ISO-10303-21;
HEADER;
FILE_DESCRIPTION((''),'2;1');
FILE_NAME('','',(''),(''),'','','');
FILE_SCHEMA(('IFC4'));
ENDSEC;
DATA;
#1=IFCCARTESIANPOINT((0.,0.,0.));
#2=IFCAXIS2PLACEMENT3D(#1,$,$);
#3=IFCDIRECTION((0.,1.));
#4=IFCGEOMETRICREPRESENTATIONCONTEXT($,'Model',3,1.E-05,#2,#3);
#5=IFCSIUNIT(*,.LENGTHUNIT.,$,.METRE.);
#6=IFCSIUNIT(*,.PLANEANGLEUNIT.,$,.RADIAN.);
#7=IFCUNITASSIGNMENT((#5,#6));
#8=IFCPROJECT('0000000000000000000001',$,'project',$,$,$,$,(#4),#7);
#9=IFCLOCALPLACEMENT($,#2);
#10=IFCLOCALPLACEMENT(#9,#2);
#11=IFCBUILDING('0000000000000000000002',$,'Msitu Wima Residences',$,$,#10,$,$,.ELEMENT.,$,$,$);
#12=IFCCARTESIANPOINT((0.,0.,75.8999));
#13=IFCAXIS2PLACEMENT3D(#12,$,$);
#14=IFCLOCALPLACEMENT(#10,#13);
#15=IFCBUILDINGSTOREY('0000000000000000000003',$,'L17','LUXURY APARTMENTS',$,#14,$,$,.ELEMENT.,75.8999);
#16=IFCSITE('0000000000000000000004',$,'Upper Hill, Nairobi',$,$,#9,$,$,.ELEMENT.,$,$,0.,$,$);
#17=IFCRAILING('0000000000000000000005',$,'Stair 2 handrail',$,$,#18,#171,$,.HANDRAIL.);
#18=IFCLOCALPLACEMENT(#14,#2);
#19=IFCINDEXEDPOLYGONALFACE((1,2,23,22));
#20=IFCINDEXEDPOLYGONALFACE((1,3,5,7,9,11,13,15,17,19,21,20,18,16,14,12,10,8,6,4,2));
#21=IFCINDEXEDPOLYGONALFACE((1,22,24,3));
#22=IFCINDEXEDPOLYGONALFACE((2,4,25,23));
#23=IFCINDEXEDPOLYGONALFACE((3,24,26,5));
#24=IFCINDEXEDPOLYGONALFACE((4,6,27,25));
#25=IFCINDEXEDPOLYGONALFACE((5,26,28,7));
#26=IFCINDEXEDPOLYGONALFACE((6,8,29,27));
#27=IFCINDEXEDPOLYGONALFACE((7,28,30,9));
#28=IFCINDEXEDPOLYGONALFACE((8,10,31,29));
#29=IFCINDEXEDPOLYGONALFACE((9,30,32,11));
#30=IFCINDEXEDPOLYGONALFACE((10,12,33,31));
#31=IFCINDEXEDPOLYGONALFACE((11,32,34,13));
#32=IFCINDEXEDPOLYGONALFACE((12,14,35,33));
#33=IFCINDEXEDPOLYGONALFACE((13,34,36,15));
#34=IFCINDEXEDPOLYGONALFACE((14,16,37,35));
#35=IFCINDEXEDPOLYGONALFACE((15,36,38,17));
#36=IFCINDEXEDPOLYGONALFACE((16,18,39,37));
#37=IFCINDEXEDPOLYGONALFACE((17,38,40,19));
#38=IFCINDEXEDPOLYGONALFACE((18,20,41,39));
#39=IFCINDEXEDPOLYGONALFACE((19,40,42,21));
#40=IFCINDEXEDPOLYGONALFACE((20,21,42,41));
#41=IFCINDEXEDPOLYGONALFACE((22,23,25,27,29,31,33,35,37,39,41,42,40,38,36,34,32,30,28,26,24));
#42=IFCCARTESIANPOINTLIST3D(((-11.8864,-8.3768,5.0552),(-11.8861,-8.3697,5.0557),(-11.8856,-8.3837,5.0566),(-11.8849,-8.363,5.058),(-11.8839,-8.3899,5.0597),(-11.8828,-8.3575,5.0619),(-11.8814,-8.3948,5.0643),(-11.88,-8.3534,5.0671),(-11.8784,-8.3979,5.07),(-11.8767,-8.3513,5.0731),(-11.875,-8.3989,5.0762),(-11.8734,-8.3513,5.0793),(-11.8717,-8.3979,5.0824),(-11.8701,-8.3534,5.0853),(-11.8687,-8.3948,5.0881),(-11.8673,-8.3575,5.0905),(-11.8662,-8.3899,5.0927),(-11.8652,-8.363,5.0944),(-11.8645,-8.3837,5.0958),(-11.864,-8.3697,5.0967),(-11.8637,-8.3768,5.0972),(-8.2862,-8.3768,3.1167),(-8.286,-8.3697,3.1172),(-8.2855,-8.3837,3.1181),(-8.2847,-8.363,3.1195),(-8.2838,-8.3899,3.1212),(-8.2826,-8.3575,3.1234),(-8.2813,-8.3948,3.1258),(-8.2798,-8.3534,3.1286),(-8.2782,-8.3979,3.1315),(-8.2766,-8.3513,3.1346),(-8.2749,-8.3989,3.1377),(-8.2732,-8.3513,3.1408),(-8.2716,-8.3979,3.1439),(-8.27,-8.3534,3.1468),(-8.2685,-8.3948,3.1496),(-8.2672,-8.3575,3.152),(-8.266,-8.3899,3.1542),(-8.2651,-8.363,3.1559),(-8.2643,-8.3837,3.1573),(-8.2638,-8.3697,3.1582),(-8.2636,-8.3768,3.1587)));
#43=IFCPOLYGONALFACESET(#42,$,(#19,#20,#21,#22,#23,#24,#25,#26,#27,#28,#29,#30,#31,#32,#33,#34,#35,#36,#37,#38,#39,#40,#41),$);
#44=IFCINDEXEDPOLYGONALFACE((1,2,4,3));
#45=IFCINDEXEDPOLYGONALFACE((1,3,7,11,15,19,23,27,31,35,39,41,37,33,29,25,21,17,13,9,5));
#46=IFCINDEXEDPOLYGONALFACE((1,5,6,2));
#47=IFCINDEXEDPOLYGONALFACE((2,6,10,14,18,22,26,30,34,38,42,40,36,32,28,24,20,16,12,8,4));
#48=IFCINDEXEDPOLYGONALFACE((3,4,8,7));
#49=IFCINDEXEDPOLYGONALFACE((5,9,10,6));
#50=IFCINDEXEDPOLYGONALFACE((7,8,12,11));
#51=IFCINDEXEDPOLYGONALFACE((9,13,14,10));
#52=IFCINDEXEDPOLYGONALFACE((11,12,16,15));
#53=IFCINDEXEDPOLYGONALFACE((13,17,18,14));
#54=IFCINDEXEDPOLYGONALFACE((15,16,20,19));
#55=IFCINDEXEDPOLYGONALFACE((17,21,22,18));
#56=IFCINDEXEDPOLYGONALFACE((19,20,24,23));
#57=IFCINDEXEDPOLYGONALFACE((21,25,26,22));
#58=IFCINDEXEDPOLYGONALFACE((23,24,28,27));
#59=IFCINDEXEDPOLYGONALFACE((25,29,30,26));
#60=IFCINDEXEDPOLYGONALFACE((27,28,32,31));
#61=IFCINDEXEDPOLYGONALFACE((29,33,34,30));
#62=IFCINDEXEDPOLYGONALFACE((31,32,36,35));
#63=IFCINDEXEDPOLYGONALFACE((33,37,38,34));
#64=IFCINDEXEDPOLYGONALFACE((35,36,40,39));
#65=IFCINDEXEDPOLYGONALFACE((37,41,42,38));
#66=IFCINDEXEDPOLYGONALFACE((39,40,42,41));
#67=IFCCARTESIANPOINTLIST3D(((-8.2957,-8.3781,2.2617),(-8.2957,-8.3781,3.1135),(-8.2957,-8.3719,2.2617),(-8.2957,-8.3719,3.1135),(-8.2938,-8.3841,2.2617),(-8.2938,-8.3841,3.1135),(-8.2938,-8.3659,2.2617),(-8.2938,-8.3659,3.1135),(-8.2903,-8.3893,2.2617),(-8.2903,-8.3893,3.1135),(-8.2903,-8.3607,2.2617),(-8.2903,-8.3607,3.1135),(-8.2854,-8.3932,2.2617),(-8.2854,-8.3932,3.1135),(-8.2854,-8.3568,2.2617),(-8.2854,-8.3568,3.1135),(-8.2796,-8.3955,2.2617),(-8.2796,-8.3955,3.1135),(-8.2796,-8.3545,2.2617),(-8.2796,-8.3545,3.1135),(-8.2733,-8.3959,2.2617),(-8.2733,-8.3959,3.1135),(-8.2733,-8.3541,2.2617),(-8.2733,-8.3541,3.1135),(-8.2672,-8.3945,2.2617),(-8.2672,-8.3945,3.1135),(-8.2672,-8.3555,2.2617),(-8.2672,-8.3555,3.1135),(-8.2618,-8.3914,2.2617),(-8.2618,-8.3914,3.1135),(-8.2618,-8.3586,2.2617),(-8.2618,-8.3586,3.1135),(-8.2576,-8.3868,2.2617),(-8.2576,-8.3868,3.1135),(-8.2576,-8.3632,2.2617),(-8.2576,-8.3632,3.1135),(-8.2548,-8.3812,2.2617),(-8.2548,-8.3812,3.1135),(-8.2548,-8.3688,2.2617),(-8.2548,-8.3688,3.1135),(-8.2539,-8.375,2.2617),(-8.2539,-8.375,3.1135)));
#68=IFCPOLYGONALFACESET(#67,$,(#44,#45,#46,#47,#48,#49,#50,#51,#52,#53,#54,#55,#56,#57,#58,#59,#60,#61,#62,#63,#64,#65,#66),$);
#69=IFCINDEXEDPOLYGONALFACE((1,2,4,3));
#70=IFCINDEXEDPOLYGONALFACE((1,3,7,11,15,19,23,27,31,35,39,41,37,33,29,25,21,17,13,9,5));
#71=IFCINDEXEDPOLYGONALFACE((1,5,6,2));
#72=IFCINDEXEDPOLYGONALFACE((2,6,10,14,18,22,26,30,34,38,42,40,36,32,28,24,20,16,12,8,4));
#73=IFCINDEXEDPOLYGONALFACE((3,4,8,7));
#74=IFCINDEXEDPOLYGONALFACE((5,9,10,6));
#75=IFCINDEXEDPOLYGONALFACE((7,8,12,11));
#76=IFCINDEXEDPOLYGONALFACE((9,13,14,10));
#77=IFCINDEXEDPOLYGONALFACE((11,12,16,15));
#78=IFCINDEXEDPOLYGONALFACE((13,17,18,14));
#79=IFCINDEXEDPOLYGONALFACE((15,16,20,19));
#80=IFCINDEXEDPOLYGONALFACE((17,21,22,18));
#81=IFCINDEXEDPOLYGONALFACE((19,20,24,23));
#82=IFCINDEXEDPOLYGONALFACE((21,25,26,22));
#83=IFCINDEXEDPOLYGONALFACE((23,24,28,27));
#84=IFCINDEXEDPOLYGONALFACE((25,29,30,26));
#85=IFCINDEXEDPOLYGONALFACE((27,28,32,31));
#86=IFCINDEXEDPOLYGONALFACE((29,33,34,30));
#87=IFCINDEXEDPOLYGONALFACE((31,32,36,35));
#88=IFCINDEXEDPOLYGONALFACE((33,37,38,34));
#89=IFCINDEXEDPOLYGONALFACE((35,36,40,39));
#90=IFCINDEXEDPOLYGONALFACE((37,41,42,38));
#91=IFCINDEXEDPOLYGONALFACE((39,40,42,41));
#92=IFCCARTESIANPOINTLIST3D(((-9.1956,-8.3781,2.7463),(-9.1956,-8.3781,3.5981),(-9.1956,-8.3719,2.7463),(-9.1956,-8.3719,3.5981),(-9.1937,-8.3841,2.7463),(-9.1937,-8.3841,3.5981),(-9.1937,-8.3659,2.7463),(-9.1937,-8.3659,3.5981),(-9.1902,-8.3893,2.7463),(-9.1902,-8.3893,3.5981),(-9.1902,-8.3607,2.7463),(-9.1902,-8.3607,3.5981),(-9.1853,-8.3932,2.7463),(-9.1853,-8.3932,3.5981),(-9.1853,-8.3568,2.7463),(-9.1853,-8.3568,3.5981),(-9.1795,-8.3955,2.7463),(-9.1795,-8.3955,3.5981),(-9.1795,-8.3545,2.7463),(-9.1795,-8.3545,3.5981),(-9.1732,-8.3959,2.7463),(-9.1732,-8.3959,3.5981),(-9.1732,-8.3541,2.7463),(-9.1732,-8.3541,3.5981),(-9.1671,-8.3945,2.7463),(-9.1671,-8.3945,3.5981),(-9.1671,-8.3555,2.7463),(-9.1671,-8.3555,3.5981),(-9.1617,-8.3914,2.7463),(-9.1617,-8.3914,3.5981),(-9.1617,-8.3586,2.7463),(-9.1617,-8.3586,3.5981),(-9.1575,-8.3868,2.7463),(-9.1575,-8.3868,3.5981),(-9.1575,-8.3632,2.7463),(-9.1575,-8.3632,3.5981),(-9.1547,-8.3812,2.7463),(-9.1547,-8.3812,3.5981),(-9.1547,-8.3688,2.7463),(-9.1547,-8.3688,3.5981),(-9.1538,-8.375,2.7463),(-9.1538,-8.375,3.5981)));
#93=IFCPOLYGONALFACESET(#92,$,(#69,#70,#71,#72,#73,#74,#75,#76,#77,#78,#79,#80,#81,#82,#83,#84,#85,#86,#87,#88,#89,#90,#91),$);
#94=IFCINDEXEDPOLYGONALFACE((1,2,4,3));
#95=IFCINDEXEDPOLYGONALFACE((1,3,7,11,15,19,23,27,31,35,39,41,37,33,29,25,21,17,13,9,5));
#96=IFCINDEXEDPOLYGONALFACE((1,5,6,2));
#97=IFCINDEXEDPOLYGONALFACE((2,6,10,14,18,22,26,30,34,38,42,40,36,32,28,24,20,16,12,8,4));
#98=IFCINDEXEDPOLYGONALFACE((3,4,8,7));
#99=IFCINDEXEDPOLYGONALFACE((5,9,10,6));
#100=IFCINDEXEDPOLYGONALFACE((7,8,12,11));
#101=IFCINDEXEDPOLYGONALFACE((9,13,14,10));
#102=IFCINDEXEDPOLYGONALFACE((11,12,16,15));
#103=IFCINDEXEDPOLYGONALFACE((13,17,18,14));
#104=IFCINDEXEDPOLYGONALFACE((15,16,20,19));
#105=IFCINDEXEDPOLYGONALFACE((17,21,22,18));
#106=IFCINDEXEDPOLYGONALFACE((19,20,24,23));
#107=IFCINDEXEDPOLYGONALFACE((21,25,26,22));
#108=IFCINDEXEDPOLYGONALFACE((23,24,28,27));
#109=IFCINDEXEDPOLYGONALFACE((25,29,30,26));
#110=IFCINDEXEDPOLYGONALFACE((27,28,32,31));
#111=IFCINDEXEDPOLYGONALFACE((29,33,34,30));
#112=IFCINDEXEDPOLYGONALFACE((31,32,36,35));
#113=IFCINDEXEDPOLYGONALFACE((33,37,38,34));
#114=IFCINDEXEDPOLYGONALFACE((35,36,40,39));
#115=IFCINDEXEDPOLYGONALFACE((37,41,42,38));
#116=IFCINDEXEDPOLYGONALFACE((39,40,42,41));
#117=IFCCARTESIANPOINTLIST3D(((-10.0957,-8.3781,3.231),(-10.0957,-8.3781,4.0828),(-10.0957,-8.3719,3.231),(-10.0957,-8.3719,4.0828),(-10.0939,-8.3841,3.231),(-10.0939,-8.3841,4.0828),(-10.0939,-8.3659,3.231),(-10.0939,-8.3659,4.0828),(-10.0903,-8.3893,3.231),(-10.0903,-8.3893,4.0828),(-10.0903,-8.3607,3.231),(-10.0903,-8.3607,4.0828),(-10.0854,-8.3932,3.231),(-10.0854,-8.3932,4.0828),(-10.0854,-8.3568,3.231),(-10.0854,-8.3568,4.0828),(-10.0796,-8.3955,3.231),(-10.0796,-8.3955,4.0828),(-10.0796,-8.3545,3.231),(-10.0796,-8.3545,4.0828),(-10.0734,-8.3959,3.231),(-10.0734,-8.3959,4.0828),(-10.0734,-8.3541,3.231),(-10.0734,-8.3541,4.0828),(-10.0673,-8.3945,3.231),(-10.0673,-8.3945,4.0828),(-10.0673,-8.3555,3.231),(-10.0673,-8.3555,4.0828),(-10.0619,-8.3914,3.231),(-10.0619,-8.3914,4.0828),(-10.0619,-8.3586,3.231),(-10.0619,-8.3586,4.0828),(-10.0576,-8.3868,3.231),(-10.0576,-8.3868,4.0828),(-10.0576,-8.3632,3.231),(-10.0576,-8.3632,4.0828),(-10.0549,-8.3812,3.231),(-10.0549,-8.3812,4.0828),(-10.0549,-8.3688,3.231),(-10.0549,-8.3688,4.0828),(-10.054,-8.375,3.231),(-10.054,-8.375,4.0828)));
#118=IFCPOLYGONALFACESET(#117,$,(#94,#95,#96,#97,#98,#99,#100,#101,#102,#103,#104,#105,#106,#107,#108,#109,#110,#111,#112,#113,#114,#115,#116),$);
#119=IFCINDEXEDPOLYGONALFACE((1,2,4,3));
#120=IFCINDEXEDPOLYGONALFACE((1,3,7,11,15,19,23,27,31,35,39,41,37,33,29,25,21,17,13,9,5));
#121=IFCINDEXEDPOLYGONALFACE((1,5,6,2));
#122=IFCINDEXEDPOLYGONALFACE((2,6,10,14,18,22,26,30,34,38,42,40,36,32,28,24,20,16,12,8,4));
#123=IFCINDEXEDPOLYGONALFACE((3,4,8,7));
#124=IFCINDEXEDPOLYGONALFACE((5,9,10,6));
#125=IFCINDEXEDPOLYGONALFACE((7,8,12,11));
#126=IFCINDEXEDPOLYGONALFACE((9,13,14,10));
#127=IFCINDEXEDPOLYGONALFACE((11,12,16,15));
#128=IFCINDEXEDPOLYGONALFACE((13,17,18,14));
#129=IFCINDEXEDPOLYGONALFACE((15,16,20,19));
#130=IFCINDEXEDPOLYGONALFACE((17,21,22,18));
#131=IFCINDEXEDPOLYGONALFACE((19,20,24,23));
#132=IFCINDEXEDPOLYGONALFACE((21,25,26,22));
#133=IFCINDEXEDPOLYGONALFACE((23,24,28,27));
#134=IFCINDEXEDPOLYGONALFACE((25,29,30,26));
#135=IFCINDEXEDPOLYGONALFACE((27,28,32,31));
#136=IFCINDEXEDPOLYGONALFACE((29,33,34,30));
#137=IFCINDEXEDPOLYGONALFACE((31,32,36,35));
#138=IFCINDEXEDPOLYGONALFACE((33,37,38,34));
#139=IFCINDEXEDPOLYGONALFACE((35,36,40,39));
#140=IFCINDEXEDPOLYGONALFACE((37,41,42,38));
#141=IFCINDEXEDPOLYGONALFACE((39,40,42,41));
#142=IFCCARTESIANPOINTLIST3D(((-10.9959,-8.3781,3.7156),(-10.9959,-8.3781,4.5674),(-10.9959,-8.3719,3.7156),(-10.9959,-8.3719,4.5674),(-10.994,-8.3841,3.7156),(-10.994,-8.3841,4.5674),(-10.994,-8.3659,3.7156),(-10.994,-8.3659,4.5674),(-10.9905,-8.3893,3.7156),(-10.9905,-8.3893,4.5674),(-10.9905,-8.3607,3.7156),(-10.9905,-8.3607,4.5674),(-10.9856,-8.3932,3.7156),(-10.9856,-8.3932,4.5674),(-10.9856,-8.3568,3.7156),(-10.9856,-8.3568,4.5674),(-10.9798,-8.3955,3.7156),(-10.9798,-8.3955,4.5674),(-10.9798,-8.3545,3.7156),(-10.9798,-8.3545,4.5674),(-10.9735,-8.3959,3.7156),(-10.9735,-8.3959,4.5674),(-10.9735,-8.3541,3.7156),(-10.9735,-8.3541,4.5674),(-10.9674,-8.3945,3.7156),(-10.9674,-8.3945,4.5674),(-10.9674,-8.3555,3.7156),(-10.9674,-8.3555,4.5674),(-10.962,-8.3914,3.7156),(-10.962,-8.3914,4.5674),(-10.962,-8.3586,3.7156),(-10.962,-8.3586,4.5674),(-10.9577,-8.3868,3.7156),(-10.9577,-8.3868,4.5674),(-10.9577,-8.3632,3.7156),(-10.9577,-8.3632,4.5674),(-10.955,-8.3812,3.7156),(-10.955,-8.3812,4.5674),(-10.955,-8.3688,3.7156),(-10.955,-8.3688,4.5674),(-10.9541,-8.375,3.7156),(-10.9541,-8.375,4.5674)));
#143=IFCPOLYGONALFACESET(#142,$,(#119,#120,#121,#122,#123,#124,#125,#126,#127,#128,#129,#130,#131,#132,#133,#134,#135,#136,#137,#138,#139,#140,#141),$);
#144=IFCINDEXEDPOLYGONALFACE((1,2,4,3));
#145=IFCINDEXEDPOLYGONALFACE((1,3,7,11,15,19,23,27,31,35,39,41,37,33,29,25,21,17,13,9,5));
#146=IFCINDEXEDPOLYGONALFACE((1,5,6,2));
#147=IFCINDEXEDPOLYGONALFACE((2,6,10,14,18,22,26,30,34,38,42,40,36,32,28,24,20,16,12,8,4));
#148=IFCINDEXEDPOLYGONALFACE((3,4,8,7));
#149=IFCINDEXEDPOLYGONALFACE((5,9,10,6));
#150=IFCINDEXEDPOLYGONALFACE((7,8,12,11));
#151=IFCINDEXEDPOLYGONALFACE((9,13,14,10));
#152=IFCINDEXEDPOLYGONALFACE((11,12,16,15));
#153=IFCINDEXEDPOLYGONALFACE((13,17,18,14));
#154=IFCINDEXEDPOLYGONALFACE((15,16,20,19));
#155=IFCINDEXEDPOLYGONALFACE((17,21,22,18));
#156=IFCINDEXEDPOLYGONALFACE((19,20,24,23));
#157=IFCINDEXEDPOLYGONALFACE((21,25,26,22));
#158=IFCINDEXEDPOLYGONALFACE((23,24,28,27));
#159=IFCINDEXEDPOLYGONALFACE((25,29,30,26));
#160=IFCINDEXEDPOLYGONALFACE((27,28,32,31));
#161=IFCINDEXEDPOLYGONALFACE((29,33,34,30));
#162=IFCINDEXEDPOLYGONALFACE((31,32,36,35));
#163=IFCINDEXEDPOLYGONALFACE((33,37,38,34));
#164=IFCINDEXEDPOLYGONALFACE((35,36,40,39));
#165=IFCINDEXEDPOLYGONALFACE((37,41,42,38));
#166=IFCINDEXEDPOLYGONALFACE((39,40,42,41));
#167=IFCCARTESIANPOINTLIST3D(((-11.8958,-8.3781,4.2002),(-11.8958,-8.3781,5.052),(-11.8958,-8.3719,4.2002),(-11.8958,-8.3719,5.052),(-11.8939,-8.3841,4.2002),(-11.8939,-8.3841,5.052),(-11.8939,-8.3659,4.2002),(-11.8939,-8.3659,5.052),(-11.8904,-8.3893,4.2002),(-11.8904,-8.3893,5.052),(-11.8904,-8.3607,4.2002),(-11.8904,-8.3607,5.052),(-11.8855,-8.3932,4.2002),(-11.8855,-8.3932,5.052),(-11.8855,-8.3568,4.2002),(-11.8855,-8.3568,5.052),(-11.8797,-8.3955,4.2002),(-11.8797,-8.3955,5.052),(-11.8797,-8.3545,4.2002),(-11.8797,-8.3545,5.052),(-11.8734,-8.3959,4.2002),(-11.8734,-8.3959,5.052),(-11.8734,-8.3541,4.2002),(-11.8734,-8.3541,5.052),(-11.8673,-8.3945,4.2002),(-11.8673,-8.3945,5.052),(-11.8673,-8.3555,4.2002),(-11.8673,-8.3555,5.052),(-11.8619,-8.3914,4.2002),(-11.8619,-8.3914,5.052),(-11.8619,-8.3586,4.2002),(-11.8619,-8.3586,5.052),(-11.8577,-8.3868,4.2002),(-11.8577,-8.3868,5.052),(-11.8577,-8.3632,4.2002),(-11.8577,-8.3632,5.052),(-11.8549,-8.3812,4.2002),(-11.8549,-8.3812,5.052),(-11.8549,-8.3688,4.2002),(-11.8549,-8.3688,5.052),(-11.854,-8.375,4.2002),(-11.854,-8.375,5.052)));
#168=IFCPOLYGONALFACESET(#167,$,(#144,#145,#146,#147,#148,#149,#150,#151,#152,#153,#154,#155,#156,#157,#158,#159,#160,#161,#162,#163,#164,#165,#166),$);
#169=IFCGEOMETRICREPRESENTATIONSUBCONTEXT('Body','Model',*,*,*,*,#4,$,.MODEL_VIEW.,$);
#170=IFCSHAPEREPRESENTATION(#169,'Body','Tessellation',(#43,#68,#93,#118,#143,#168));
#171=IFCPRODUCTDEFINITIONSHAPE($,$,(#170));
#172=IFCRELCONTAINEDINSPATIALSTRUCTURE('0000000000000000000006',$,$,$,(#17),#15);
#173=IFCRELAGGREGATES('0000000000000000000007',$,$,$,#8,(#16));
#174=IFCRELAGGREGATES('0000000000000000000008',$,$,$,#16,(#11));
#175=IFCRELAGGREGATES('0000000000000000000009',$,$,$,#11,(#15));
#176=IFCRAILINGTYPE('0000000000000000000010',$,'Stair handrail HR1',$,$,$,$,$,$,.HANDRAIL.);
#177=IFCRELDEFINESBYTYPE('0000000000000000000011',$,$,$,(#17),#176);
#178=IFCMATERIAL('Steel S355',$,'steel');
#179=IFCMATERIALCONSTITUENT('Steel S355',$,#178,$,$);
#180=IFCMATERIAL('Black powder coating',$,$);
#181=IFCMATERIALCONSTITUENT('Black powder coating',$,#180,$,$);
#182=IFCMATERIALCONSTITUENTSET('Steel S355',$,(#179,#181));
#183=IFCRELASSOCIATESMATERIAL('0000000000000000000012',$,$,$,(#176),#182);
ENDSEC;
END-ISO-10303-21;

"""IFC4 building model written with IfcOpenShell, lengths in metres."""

from ifc_helpers import new_model, si_unit, direction, frame, origin, origin_2d, place, context, subcontext, project, spatial, circle, extrude, material, constituent, constituent_set, type_object, element, save


model = new_model("IFC4")

# Units and contexts
model_context = context("Model", 3, precision=1e-05, world=origin(), true_north=direction((0.0, 1.0)))
body_context = subcontext(model_context, "Body", "Model", "MODEL_VIEW")
ifc_project = project(units=[si_unit("LENGTHUNIT", "METRE"), si_unit("PLANEANGLEUNIT", "RADIAN")], contexts=[model_context])

# Site, building, storey
site_placement = place(None, origin())
site = spatial("IfcSite", under=ifc_project, at=site_placement, Name="Upper Hill, Nairobi", CompositionType="ELEMENT", RefElevation=0.0)
building_placement = place(site_placement, origin())
building = spatial("IfcBuilding", under=site, at=building_placement, Name="Msitu Wima Residences", CompositionType="ELEMENT")
storey_placement = place(building_placement, frame((0.0, 0.0, 75.8999)))
storey = spatial("IfcBuildingStorey", under=building, at=storey_placement, Name="L17", Description="LUXURY APARTMENTS", CompositionType="ELEMENT", Elevation=75.8999)

# Railing
ifc_material_1 = material(Name="Steel S355", Category="steel")
ifc_constituent_1 = constituent(ifc_material_1, Name="Steel S355")
ifc_material_2 = material(Name="Black powder coating")
ifc_constituent_2 = constituent(ifc_material_2, Name="Black powder coating")
ifc_constituent_set = constituent_set(constituents=[ifc_constituent_1, ifc_constituent_2], Name="Steel S355")
railing_type = type_object("IfcRailingType", Name="Stair handrail HR1", PredefinedType="HANDRAIL", material=ifc_constituent_set)
for number, where, name in (
    (1, (-8.2749, -8.375, 2.2617), "Stair 2 handrail"),
):
    element("IfcRailing", number, at=place(storey_placement, frame(where)), inside=storey, type_object=railing_type, Name=name, PredefinedType="HANDRAIL", context=body_context, shape_type="SweptSolid", body=[
        extrude(circle(Radius=0.0239, at=origin_2d()), frame((0.0, 0.0, 0.876), z_axis=(-0.880475, 0.0, 0.474093), x_axis=(0.0, -1.0, 0.0)), (0.0, 0.0, 1.0), 4.0889),
        extrude(circle(Radius=0.021, at=origin_2d()), origin(), (0.0, 0.0, 1.0), 0.8518),
        extrude(circle(Radius=0.021, at=origin_2d()), frame((-0.8999, 0.0, 0.4846)), (0.0, 0.0, 1.0), 0.8518),
        extrude(circle(Radius=0.021, at=origin_2d()), frame((-1.8, 0.0, 0.9692)), (0.0, 0.0, 1.0), 0.8518),
        extrude(circle(Radius=0.021, at=origin_2d()), frame((-2.7002, 0.0, 1.4539)), (0.0, 0.0, 1.0), 0.8518),
        extrude(circle(Radius=0.021, at=origin_2d()), frame((-3.6001, 0.0, 1.9385)), (0.0, 0.0, 1.0), 0.8518),
    ])

save(model, "model.ifc")
